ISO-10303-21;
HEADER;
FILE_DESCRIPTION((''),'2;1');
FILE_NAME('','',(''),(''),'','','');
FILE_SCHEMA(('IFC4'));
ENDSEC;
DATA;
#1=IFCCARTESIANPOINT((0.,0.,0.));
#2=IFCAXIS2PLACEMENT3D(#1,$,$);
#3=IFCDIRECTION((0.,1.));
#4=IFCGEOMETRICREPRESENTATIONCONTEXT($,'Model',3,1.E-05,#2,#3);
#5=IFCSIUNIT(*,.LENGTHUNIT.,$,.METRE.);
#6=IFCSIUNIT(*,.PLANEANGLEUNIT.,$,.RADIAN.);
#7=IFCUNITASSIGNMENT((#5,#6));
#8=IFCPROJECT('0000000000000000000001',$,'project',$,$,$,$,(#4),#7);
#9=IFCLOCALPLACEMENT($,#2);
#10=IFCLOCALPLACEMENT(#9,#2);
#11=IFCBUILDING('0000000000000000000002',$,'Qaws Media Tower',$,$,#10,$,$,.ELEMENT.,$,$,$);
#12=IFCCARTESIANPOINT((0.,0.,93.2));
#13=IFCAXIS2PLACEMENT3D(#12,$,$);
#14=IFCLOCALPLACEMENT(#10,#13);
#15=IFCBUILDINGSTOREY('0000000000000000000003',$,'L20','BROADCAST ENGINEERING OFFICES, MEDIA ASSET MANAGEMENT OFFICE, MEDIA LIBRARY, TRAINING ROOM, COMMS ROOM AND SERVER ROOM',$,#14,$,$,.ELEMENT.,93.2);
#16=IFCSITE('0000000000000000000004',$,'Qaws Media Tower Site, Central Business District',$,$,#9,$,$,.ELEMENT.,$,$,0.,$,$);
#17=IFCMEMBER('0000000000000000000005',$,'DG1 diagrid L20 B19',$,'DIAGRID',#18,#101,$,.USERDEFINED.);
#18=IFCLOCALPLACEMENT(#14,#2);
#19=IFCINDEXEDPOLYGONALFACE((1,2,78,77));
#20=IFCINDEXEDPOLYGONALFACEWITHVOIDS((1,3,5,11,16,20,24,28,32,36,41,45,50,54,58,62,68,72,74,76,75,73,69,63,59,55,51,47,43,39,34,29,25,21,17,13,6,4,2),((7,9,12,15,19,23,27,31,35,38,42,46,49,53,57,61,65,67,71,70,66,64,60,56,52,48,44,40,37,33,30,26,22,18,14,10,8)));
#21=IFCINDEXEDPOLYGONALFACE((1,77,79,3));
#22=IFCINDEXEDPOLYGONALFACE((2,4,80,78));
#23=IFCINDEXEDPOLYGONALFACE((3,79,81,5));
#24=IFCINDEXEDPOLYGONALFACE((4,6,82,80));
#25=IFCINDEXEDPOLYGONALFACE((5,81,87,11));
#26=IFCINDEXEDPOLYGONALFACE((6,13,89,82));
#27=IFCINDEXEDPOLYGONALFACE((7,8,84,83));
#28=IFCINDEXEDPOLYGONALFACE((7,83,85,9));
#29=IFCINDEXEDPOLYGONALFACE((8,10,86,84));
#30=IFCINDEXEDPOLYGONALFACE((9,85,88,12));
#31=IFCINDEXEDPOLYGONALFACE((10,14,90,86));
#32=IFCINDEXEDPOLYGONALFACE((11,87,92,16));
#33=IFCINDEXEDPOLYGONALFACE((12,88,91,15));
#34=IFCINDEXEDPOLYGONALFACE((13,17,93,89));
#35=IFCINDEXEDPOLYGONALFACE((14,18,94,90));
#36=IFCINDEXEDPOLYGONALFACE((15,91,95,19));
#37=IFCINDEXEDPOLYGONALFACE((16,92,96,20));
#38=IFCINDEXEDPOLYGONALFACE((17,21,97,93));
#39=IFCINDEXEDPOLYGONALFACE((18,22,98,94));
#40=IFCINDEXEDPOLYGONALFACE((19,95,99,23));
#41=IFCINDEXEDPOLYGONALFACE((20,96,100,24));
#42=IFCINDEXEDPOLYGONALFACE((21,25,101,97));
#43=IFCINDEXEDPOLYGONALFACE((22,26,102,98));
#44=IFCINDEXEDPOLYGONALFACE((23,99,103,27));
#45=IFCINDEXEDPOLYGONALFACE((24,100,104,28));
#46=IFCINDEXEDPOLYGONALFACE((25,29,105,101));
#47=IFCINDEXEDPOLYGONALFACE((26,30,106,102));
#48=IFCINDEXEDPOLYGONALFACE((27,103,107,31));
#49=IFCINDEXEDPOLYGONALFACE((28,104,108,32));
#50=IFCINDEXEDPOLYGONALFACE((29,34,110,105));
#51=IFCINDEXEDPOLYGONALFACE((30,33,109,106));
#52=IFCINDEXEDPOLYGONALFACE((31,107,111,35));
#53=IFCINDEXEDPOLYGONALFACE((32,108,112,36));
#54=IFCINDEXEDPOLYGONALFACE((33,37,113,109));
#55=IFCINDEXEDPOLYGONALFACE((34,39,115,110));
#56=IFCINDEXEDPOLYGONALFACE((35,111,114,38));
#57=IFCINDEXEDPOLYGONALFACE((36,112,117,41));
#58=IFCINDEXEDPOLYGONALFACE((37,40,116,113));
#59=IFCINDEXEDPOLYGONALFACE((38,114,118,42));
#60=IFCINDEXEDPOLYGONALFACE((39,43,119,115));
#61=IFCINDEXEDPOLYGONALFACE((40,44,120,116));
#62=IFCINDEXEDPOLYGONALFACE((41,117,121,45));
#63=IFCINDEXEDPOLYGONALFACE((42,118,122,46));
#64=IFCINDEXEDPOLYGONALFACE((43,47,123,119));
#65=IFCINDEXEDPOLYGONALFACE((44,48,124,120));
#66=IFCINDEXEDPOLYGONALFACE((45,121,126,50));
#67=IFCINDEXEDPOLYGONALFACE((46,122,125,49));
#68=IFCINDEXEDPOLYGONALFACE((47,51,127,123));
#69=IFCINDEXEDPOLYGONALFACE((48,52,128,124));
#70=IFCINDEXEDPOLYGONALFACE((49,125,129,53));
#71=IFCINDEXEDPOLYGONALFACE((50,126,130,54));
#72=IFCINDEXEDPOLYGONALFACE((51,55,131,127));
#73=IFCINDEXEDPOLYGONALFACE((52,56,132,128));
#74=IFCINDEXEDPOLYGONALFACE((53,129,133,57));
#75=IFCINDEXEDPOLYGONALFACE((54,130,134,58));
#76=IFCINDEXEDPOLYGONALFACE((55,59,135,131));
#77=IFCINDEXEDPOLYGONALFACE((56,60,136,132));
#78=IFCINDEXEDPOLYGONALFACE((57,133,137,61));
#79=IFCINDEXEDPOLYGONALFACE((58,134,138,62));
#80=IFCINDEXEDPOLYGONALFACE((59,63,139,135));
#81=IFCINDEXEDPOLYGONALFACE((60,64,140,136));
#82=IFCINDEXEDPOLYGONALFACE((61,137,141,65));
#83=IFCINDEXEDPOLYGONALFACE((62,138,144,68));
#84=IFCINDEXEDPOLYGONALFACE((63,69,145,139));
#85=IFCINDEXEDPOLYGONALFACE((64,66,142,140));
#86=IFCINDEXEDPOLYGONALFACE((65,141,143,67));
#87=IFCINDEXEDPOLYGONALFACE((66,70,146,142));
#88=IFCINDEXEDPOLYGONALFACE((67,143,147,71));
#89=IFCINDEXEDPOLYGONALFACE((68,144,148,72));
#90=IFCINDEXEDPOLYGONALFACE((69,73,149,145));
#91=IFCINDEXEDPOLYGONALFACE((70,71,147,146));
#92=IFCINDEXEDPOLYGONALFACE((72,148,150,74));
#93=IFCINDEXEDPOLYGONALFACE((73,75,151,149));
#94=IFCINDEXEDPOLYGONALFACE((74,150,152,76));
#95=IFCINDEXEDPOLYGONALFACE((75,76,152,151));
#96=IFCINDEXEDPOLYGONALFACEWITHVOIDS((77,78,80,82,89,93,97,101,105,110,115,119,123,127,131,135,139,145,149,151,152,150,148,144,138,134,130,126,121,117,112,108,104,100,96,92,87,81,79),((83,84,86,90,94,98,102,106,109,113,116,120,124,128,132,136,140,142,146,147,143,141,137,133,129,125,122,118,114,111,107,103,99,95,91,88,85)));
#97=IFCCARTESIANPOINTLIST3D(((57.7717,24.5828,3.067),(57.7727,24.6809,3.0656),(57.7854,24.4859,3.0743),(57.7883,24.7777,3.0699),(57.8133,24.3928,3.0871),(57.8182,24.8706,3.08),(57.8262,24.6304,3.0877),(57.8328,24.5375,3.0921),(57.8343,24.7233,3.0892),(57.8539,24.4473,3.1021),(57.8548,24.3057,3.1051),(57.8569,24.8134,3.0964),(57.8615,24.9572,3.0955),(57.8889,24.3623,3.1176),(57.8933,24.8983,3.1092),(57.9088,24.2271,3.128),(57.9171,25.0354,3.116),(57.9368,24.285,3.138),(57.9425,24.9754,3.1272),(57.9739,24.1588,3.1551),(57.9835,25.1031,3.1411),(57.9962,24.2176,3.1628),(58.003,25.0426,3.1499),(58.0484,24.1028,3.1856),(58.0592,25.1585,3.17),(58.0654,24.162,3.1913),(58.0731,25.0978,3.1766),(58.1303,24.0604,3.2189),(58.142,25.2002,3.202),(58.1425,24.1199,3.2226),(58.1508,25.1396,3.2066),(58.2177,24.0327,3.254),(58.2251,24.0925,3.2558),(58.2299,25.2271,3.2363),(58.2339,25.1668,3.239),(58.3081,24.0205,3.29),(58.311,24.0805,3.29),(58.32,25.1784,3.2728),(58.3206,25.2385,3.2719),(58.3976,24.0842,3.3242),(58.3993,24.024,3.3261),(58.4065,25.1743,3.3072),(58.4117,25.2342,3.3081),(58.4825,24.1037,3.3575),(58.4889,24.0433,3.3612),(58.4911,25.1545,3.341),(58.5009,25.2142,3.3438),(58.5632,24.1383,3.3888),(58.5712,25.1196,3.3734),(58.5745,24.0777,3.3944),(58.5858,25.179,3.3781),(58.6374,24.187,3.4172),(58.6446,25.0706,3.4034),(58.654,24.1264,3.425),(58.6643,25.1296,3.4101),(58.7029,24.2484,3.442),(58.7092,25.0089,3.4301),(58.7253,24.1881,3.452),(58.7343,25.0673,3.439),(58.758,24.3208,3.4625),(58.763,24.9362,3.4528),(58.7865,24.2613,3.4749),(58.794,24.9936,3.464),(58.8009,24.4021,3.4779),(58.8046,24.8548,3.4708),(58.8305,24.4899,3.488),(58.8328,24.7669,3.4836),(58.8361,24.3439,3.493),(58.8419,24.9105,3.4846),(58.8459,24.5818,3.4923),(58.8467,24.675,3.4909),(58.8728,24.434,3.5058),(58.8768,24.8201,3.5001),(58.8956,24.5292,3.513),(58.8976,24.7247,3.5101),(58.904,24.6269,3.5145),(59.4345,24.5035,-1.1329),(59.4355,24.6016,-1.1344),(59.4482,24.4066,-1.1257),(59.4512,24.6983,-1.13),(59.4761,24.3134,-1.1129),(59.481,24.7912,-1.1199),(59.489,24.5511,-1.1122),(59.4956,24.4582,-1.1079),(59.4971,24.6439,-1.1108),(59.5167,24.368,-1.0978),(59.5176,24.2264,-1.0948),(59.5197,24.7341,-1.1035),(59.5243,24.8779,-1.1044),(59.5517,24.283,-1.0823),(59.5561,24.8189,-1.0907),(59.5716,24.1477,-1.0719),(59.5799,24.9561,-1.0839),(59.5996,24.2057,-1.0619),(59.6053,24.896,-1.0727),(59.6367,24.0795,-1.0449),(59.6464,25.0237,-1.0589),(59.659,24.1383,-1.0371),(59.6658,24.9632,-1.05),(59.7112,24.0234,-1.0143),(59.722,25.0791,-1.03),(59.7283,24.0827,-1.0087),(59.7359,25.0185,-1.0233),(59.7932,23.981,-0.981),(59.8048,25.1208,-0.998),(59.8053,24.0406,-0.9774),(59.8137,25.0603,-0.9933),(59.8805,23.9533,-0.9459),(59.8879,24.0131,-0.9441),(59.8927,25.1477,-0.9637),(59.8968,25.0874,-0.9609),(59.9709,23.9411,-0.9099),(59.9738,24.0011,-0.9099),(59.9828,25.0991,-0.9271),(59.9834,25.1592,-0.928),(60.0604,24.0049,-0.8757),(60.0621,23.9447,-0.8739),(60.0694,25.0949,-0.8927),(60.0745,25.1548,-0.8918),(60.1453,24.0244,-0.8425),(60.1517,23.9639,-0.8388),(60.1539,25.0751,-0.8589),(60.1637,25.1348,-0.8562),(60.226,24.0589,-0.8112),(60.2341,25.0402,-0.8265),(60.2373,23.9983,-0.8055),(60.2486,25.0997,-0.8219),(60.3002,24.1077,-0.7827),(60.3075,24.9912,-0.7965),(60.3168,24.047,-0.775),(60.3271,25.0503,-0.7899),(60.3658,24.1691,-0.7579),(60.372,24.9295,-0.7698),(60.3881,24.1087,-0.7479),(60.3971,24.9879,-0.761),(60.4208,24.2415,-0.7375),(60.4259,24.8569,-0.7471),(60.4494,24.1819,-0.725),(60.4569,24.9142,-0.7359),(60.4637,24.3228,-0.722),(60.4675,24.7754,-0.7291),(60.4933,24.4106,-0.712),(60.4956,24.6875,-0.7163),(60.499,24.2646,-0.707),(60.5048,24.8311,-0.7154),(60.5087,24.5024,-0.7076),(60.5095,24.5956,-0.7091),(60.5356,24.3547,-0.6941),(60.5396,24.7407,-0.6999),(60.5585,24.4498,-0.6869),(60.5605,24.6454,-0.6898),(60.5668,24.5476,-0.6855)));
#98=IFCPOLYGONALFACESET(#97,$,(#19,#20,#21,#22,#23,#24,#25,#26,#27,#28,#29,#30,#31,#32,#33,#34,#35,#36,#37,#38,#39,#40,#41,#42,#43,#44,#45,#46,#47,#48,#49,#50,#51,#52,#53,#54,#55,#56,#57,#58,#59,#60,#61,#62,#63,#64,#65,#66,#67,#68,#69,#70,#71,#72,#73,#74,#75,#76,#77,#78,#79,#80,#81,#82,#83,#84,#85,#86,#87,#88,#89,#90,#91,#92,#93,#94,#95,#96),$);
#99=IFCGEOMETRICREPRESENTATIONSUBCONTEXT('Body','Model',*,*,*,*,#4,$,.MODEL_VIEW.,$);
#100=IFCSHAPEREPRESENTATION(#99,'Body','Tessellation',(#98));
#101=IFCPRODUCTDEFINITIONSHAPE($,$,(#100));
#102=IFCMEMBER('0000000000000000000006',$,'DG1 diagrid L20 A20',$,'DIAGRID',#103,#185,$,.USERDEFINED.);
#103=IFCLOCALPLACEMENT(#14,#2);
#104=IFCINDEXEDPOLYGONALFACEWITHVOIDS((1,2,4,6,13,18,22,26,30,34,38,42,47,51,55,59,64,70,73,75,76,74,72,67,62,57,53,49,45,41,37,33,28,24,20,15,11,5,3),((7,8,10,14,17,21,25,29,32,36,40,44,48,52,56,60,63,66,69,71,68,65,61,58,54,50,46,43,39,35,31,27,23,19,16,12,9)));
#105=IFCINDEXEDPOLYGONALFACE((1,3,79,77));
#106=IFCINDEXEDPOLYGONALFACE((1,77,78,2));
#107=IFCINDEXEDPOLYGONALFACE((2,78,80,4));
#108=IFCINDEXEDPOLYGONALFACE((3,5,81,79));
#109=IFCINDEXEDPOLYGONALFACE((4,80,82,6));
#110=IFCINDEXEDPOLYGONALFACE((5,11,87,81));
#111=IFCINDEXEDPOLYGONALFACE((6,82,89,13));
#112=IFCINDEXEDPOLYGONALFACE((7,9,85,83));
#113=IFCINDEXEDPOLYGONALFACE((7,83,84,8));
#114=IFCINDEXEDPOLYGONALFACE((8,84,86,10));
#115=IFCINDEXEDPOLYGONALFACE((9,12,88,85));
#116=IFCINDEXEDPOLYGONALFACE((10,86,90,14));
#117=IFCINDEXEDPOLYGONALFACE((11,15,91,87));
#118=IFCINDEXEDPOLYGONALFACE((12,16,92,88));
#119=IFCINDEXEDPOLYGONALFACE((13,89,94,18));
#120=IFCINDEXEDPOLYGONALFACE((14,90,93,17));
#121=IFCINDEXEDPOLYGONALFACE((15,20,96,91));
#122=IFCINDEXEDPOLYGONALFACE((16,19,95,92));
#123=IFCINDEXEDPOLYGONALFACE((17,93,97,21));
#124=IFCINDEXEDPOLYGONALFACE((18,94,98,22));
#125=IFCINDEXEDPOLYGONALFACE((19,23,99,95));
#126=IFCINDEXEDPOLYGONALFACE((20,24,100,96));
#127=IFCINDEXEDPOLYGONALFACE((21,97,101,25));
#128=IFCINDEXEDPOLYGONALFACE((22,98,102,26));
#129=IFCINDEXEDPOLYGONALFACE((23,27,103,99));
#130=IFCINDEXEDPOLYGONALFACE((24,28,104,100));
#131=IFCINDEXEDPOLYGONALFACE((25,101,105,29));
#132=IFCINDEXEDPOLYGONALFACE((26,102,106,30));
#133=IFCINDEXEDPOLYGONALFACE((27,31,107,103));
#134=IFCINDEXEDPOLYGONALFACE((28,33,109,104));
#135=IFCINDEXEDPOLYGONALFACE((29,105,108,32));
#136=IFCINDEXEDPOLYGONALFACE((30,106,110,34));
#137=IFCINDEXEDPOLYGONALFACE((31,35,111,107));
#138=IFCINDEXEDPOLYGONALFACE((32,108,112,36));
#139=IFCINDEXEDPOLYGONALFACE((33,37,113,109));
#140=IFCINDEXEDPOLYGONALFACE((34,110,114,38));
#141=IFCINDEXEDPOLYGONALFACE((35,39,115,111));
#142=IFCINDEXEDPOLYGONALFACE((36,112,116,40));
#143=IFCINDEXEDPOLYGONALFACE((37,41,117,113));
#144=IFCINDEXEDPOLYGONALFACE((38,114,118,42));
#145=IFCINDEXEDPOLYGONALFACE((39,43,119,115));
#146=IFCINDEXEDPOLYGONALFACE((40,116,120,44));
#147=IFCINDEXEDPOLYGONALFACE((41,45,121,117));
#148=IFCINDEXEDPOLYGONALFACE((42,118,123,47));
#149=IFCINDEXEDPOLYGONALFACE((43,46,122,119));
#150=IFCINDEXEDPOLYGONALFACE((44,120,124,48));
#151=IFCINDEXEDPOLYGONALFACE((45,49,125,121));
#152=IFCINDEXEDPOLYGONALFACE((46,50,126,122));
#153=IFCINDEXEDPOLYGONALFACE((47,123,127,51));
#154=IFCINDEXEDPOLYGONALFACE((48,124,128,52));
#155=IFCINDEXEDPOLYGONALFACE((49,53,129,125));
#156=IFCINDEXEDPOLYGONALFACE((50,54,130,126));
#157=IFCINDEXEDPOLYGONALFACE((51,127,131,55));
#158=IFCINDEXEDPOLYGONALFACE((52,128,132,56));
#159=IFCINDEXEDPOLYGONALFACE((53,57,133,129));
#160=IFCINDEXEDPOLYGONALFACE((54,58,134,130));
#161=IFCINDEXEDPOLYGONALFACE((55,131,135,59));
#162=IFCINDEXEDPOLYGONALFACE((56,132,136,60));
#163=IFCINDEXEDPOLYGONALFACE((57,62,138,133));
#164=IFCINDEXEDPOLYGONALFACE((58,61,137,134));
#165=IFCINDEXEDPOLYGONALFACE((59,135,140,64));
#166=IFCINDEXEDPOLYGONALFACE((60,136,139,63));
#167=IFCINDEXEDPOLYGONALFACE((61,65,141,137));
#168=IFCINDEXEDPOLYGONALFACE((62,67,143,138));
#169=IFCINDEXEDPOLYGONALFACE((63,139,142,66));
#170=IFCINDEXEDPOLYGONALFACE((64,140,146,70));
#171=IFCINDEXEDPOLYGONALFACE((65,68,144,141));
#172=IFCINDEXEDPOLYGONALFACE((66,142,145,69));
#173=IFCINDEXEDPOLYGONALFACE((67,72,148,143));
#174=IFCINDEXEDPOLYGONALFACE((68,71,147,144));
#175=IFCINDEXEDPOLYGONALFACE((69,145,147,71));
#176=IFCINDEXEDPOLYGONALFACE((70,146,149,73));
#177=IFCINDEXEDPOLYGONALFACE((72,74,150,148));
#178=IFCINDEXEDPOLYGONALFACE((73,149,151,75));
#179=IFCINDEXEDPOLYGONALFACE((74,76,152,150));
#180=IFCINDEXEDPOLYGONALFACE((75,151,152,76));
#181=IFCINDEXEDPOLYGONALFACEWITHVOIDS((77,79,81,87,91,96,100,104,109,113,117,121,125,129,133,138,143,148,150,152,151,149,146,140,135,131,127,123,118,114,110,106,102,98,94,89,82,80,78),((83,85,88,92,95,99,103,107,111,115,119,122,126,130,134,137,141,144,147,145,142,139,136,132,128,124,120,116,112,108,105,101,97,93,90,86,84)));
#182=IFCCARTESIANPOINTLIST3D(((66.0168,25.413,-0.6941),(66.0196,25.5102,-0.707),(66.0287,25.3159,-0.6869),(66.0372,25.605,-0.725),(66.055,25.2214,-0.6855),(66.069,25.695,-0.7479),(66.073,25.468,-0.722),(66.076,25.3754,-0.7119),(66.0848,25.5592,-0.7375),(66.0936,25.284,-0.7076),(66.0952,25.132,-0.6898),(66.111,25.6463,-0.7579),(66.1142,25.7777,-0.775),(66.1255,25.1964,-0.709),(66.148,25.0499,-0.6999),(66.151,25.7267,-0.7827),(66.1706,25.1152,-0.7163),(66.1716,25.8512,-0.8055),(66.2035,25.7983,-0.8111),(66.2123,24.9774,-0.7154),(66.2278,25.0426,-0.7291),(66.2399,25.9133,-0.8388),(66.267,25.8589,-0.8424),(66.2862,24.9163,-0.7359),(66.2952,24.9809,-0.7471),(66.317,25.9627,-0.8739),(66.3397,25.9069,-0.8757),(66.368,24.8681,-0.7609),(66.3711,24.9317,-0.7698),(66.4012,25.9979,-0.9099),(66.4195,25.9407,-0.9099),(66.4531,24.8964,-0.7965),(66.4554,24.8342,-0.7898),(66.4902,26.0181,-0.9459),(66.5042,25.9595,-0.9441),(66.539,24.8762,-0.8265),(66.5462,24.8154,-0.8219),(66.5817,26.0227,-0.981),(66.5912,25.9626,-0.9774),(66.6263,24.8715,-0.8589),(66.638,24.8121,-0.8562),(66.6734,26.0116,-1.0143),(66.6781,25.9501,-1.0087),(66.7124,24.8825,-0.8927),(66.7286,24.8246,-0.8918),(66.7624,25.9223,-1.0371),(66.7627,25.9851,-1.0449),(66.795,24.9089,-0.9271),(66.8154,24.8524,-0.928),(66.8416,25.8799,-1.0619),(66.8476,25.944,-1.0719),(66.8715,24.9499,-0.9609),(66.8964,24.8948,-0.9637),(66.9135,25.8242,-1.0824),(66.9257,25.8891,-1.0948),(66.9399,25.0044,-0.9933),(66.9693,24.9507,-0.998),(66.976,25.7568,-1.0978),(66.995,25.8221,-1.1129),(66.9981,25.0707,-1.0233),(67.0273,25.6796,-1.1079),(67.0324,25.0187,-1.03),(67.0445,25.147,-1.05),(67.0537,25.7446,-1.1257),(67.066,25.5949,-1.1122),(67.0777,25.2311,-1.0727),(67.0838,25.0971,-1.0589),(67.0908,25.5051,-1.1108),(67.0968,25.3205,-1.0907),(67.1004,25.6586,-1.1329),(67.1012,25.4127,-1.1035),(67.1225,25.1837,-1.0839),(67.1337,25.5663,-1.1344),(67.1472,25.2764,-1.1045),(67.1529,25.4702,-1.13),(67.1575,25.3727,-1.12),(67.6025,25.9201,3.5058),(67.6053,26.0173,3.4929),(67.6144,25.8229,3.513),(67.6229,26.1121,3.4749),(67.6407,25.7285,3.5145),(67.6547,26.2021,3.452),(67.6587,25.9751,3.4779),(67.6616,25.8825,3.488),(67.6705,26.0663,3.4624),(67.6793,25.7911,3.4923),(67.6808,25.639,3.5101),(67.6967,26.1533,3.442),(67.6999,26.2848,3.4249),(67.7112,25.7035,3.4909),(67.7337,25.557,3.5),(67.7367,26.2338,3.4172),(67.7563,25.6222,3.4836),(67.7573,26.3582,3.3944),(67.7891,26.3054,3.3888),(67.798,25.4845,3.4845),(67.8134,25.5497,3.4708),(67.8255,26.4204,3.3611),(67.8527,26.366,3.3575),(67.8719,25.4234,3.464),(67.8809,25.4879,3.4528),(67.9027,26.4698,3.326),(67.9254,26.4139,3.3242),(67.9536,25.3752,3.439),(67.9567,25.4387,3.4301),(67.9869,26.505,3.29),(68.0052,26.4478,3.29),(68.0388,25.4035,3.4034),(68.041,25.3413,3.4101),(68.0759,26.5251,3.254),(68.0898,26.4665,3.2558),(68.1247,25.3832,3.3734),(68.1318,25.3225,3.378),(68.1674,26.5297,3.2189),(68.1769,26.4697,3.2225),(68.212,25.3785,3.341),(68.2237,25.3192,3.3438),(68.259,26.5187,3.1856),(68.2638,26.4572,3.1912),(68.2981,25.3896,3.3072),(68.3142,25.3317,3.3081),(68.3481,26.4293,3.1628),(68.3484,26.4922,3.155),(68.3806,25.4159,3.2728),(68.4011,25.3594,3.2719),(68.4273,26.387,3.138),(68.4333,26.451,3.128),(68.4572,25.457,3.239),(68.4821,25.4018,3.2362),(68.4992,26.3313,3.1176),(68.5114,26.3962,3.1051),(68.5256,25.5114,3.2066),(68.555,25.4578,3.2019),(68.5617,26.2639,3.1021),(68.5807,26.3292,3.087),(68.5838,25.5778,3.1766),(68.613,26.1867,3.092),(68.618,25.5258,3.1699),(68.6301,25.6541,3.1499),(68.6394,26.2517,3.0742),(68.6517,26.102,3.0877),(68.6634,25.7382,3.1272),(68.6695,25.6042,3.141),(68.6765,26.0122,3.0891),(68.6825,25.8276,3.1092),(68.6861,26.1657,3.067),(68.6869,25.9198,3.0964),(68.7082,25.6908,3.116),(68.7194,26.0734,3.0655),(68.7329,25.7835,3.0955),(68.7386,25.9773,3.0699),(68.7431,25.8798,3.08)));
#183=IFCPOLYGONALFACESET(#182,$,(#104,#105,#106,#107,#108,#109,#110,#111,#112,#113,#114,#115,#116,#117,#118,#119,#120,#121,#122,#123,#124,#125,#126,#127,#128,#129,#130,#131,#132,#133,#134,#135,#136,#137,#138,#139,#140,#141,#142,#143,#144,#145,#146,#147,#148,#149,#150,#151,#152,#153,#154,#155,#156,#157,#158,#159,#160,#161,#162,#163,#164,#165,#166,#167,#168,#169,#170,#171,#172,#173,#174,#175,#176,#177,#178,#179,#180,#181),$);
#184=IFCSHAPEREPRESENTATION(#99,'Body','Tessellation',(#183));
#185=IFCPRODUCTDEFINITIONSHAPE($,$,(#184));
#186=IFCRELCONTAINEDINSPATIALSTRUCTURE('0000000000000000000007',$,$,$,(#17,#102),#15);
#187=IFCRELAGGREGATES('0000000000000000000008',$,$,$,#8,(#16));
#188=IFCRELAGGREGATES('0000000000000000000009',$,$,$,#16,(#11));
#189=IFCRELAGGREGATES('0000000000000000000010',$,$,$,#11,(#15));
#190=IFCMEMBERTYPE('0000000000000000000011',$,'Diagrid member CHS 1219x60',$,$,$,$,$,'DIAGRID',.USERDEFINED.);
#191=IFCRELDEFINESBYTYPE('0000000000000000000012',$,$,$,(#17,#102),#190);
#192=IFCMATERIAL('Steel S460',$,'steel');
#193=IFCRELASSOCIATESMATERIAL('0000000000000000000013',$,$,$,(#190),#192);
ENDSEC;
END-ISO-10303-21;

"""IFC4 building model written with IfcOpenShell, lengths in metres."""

from ifc_helpers import new_model, si_unit, direction, frame, origin, origin_2d, place, context, subcontext, project, spatial, hollow_circle, extrude, material, material_profile, profile_set, type_object, element, save


model = new_model("IFC4")

# Units and contexts
model_context = context("Model", 3, precision=1e-05, world=origin(), true_north=direction((0.0, 1.0)))
body_context = subcontext(model_context, "Body", "Model", "MODEL_VIEW")
ifc_project = project(units=[si_unit("LENGTHUNIT", "METRE"), si_unit("PLANEANGLEUNIT", "RADIAN")], contexts=[model_context])

# Site, building, storey
site_placement = place(None, origin())
site = spatial("IfcSite", under=ifc_project, at=site_placement, Name="Qaws Media Tower Site, Central Business District", CompositionType="ELEMENT", RefElevation=0.0)
building_placement = place(site_placement, origin())
building = spatial("IfcBuilding", under=site, at=building_placement, Name="Qaws Media Tower", CompositionType="ELEMENT")
storey_placement = place(building_placement, frame((0.0, 0.0, 93.2)))
storey = spatial("IfcBuildingStorey", under=building, at=storey_placement, Name="L20", Description="BROADCAST ENGINEERING OFFICES, MEDIA ASSET MANAGEMENT OFFICE, MEDIA LIBRARY, TRAINING ROOM, COMMS ROOM AND SERVER ROOM", CompositionType="ELEMENT", Elevation=93.2)

# Members
ifc_material_1 = material(Name="Steel S460", Category="steel")
ifc_material_profile_1 = material_profile(ifc_material_1, hollow_circle(Radius=0.6096, WallThickness=0.0601, at=origin_2d()), Name="CHS 1219x60")
ifc_profile_set_1 = profile_set([ifc_material_profile_1], Name="Steel S460")
member_type_1 = type_object("IfcMemberType", Name="Diagrid member CHS 1219x60", ElementType="DIAGRID", PredefinedType="USERDEFINED", material=ifc_profile_set_1)
for number, where, z_axis, x_axis, name in (
    (1, (60.0, 24.55, -0.9099), (-0.368061, 0.017563, 0.929636), (-0.047663, -0.998863, 0.0), "DG1 diagrid L20 B19"),
    (2, (66.5869, 25.4172, -0.9099), (0.350983, 0.112239, 0.929631), (-0.304589, 0.952484, 0.0), "DG1 diagrid L20 A20"),
):
    element("IfcMember", number, at=place(storey_placement, frame(where, z_axis=z_axis, x_axis=x_axis)), inside=storey, type_object=member_type_1, Name=name, ObjectType="DIAGRID", PredefinedType="USERDEFINED", context=body_context, shape_type="SweptSolid", body=[
        extrude(hollow_circle(Radius=0.6096, WallThickness=0.0601, at=origin_2d()), origin(), (0.0, 0.0, 1.0), 4.5178),
    ])

save(model, "model.ifc")
